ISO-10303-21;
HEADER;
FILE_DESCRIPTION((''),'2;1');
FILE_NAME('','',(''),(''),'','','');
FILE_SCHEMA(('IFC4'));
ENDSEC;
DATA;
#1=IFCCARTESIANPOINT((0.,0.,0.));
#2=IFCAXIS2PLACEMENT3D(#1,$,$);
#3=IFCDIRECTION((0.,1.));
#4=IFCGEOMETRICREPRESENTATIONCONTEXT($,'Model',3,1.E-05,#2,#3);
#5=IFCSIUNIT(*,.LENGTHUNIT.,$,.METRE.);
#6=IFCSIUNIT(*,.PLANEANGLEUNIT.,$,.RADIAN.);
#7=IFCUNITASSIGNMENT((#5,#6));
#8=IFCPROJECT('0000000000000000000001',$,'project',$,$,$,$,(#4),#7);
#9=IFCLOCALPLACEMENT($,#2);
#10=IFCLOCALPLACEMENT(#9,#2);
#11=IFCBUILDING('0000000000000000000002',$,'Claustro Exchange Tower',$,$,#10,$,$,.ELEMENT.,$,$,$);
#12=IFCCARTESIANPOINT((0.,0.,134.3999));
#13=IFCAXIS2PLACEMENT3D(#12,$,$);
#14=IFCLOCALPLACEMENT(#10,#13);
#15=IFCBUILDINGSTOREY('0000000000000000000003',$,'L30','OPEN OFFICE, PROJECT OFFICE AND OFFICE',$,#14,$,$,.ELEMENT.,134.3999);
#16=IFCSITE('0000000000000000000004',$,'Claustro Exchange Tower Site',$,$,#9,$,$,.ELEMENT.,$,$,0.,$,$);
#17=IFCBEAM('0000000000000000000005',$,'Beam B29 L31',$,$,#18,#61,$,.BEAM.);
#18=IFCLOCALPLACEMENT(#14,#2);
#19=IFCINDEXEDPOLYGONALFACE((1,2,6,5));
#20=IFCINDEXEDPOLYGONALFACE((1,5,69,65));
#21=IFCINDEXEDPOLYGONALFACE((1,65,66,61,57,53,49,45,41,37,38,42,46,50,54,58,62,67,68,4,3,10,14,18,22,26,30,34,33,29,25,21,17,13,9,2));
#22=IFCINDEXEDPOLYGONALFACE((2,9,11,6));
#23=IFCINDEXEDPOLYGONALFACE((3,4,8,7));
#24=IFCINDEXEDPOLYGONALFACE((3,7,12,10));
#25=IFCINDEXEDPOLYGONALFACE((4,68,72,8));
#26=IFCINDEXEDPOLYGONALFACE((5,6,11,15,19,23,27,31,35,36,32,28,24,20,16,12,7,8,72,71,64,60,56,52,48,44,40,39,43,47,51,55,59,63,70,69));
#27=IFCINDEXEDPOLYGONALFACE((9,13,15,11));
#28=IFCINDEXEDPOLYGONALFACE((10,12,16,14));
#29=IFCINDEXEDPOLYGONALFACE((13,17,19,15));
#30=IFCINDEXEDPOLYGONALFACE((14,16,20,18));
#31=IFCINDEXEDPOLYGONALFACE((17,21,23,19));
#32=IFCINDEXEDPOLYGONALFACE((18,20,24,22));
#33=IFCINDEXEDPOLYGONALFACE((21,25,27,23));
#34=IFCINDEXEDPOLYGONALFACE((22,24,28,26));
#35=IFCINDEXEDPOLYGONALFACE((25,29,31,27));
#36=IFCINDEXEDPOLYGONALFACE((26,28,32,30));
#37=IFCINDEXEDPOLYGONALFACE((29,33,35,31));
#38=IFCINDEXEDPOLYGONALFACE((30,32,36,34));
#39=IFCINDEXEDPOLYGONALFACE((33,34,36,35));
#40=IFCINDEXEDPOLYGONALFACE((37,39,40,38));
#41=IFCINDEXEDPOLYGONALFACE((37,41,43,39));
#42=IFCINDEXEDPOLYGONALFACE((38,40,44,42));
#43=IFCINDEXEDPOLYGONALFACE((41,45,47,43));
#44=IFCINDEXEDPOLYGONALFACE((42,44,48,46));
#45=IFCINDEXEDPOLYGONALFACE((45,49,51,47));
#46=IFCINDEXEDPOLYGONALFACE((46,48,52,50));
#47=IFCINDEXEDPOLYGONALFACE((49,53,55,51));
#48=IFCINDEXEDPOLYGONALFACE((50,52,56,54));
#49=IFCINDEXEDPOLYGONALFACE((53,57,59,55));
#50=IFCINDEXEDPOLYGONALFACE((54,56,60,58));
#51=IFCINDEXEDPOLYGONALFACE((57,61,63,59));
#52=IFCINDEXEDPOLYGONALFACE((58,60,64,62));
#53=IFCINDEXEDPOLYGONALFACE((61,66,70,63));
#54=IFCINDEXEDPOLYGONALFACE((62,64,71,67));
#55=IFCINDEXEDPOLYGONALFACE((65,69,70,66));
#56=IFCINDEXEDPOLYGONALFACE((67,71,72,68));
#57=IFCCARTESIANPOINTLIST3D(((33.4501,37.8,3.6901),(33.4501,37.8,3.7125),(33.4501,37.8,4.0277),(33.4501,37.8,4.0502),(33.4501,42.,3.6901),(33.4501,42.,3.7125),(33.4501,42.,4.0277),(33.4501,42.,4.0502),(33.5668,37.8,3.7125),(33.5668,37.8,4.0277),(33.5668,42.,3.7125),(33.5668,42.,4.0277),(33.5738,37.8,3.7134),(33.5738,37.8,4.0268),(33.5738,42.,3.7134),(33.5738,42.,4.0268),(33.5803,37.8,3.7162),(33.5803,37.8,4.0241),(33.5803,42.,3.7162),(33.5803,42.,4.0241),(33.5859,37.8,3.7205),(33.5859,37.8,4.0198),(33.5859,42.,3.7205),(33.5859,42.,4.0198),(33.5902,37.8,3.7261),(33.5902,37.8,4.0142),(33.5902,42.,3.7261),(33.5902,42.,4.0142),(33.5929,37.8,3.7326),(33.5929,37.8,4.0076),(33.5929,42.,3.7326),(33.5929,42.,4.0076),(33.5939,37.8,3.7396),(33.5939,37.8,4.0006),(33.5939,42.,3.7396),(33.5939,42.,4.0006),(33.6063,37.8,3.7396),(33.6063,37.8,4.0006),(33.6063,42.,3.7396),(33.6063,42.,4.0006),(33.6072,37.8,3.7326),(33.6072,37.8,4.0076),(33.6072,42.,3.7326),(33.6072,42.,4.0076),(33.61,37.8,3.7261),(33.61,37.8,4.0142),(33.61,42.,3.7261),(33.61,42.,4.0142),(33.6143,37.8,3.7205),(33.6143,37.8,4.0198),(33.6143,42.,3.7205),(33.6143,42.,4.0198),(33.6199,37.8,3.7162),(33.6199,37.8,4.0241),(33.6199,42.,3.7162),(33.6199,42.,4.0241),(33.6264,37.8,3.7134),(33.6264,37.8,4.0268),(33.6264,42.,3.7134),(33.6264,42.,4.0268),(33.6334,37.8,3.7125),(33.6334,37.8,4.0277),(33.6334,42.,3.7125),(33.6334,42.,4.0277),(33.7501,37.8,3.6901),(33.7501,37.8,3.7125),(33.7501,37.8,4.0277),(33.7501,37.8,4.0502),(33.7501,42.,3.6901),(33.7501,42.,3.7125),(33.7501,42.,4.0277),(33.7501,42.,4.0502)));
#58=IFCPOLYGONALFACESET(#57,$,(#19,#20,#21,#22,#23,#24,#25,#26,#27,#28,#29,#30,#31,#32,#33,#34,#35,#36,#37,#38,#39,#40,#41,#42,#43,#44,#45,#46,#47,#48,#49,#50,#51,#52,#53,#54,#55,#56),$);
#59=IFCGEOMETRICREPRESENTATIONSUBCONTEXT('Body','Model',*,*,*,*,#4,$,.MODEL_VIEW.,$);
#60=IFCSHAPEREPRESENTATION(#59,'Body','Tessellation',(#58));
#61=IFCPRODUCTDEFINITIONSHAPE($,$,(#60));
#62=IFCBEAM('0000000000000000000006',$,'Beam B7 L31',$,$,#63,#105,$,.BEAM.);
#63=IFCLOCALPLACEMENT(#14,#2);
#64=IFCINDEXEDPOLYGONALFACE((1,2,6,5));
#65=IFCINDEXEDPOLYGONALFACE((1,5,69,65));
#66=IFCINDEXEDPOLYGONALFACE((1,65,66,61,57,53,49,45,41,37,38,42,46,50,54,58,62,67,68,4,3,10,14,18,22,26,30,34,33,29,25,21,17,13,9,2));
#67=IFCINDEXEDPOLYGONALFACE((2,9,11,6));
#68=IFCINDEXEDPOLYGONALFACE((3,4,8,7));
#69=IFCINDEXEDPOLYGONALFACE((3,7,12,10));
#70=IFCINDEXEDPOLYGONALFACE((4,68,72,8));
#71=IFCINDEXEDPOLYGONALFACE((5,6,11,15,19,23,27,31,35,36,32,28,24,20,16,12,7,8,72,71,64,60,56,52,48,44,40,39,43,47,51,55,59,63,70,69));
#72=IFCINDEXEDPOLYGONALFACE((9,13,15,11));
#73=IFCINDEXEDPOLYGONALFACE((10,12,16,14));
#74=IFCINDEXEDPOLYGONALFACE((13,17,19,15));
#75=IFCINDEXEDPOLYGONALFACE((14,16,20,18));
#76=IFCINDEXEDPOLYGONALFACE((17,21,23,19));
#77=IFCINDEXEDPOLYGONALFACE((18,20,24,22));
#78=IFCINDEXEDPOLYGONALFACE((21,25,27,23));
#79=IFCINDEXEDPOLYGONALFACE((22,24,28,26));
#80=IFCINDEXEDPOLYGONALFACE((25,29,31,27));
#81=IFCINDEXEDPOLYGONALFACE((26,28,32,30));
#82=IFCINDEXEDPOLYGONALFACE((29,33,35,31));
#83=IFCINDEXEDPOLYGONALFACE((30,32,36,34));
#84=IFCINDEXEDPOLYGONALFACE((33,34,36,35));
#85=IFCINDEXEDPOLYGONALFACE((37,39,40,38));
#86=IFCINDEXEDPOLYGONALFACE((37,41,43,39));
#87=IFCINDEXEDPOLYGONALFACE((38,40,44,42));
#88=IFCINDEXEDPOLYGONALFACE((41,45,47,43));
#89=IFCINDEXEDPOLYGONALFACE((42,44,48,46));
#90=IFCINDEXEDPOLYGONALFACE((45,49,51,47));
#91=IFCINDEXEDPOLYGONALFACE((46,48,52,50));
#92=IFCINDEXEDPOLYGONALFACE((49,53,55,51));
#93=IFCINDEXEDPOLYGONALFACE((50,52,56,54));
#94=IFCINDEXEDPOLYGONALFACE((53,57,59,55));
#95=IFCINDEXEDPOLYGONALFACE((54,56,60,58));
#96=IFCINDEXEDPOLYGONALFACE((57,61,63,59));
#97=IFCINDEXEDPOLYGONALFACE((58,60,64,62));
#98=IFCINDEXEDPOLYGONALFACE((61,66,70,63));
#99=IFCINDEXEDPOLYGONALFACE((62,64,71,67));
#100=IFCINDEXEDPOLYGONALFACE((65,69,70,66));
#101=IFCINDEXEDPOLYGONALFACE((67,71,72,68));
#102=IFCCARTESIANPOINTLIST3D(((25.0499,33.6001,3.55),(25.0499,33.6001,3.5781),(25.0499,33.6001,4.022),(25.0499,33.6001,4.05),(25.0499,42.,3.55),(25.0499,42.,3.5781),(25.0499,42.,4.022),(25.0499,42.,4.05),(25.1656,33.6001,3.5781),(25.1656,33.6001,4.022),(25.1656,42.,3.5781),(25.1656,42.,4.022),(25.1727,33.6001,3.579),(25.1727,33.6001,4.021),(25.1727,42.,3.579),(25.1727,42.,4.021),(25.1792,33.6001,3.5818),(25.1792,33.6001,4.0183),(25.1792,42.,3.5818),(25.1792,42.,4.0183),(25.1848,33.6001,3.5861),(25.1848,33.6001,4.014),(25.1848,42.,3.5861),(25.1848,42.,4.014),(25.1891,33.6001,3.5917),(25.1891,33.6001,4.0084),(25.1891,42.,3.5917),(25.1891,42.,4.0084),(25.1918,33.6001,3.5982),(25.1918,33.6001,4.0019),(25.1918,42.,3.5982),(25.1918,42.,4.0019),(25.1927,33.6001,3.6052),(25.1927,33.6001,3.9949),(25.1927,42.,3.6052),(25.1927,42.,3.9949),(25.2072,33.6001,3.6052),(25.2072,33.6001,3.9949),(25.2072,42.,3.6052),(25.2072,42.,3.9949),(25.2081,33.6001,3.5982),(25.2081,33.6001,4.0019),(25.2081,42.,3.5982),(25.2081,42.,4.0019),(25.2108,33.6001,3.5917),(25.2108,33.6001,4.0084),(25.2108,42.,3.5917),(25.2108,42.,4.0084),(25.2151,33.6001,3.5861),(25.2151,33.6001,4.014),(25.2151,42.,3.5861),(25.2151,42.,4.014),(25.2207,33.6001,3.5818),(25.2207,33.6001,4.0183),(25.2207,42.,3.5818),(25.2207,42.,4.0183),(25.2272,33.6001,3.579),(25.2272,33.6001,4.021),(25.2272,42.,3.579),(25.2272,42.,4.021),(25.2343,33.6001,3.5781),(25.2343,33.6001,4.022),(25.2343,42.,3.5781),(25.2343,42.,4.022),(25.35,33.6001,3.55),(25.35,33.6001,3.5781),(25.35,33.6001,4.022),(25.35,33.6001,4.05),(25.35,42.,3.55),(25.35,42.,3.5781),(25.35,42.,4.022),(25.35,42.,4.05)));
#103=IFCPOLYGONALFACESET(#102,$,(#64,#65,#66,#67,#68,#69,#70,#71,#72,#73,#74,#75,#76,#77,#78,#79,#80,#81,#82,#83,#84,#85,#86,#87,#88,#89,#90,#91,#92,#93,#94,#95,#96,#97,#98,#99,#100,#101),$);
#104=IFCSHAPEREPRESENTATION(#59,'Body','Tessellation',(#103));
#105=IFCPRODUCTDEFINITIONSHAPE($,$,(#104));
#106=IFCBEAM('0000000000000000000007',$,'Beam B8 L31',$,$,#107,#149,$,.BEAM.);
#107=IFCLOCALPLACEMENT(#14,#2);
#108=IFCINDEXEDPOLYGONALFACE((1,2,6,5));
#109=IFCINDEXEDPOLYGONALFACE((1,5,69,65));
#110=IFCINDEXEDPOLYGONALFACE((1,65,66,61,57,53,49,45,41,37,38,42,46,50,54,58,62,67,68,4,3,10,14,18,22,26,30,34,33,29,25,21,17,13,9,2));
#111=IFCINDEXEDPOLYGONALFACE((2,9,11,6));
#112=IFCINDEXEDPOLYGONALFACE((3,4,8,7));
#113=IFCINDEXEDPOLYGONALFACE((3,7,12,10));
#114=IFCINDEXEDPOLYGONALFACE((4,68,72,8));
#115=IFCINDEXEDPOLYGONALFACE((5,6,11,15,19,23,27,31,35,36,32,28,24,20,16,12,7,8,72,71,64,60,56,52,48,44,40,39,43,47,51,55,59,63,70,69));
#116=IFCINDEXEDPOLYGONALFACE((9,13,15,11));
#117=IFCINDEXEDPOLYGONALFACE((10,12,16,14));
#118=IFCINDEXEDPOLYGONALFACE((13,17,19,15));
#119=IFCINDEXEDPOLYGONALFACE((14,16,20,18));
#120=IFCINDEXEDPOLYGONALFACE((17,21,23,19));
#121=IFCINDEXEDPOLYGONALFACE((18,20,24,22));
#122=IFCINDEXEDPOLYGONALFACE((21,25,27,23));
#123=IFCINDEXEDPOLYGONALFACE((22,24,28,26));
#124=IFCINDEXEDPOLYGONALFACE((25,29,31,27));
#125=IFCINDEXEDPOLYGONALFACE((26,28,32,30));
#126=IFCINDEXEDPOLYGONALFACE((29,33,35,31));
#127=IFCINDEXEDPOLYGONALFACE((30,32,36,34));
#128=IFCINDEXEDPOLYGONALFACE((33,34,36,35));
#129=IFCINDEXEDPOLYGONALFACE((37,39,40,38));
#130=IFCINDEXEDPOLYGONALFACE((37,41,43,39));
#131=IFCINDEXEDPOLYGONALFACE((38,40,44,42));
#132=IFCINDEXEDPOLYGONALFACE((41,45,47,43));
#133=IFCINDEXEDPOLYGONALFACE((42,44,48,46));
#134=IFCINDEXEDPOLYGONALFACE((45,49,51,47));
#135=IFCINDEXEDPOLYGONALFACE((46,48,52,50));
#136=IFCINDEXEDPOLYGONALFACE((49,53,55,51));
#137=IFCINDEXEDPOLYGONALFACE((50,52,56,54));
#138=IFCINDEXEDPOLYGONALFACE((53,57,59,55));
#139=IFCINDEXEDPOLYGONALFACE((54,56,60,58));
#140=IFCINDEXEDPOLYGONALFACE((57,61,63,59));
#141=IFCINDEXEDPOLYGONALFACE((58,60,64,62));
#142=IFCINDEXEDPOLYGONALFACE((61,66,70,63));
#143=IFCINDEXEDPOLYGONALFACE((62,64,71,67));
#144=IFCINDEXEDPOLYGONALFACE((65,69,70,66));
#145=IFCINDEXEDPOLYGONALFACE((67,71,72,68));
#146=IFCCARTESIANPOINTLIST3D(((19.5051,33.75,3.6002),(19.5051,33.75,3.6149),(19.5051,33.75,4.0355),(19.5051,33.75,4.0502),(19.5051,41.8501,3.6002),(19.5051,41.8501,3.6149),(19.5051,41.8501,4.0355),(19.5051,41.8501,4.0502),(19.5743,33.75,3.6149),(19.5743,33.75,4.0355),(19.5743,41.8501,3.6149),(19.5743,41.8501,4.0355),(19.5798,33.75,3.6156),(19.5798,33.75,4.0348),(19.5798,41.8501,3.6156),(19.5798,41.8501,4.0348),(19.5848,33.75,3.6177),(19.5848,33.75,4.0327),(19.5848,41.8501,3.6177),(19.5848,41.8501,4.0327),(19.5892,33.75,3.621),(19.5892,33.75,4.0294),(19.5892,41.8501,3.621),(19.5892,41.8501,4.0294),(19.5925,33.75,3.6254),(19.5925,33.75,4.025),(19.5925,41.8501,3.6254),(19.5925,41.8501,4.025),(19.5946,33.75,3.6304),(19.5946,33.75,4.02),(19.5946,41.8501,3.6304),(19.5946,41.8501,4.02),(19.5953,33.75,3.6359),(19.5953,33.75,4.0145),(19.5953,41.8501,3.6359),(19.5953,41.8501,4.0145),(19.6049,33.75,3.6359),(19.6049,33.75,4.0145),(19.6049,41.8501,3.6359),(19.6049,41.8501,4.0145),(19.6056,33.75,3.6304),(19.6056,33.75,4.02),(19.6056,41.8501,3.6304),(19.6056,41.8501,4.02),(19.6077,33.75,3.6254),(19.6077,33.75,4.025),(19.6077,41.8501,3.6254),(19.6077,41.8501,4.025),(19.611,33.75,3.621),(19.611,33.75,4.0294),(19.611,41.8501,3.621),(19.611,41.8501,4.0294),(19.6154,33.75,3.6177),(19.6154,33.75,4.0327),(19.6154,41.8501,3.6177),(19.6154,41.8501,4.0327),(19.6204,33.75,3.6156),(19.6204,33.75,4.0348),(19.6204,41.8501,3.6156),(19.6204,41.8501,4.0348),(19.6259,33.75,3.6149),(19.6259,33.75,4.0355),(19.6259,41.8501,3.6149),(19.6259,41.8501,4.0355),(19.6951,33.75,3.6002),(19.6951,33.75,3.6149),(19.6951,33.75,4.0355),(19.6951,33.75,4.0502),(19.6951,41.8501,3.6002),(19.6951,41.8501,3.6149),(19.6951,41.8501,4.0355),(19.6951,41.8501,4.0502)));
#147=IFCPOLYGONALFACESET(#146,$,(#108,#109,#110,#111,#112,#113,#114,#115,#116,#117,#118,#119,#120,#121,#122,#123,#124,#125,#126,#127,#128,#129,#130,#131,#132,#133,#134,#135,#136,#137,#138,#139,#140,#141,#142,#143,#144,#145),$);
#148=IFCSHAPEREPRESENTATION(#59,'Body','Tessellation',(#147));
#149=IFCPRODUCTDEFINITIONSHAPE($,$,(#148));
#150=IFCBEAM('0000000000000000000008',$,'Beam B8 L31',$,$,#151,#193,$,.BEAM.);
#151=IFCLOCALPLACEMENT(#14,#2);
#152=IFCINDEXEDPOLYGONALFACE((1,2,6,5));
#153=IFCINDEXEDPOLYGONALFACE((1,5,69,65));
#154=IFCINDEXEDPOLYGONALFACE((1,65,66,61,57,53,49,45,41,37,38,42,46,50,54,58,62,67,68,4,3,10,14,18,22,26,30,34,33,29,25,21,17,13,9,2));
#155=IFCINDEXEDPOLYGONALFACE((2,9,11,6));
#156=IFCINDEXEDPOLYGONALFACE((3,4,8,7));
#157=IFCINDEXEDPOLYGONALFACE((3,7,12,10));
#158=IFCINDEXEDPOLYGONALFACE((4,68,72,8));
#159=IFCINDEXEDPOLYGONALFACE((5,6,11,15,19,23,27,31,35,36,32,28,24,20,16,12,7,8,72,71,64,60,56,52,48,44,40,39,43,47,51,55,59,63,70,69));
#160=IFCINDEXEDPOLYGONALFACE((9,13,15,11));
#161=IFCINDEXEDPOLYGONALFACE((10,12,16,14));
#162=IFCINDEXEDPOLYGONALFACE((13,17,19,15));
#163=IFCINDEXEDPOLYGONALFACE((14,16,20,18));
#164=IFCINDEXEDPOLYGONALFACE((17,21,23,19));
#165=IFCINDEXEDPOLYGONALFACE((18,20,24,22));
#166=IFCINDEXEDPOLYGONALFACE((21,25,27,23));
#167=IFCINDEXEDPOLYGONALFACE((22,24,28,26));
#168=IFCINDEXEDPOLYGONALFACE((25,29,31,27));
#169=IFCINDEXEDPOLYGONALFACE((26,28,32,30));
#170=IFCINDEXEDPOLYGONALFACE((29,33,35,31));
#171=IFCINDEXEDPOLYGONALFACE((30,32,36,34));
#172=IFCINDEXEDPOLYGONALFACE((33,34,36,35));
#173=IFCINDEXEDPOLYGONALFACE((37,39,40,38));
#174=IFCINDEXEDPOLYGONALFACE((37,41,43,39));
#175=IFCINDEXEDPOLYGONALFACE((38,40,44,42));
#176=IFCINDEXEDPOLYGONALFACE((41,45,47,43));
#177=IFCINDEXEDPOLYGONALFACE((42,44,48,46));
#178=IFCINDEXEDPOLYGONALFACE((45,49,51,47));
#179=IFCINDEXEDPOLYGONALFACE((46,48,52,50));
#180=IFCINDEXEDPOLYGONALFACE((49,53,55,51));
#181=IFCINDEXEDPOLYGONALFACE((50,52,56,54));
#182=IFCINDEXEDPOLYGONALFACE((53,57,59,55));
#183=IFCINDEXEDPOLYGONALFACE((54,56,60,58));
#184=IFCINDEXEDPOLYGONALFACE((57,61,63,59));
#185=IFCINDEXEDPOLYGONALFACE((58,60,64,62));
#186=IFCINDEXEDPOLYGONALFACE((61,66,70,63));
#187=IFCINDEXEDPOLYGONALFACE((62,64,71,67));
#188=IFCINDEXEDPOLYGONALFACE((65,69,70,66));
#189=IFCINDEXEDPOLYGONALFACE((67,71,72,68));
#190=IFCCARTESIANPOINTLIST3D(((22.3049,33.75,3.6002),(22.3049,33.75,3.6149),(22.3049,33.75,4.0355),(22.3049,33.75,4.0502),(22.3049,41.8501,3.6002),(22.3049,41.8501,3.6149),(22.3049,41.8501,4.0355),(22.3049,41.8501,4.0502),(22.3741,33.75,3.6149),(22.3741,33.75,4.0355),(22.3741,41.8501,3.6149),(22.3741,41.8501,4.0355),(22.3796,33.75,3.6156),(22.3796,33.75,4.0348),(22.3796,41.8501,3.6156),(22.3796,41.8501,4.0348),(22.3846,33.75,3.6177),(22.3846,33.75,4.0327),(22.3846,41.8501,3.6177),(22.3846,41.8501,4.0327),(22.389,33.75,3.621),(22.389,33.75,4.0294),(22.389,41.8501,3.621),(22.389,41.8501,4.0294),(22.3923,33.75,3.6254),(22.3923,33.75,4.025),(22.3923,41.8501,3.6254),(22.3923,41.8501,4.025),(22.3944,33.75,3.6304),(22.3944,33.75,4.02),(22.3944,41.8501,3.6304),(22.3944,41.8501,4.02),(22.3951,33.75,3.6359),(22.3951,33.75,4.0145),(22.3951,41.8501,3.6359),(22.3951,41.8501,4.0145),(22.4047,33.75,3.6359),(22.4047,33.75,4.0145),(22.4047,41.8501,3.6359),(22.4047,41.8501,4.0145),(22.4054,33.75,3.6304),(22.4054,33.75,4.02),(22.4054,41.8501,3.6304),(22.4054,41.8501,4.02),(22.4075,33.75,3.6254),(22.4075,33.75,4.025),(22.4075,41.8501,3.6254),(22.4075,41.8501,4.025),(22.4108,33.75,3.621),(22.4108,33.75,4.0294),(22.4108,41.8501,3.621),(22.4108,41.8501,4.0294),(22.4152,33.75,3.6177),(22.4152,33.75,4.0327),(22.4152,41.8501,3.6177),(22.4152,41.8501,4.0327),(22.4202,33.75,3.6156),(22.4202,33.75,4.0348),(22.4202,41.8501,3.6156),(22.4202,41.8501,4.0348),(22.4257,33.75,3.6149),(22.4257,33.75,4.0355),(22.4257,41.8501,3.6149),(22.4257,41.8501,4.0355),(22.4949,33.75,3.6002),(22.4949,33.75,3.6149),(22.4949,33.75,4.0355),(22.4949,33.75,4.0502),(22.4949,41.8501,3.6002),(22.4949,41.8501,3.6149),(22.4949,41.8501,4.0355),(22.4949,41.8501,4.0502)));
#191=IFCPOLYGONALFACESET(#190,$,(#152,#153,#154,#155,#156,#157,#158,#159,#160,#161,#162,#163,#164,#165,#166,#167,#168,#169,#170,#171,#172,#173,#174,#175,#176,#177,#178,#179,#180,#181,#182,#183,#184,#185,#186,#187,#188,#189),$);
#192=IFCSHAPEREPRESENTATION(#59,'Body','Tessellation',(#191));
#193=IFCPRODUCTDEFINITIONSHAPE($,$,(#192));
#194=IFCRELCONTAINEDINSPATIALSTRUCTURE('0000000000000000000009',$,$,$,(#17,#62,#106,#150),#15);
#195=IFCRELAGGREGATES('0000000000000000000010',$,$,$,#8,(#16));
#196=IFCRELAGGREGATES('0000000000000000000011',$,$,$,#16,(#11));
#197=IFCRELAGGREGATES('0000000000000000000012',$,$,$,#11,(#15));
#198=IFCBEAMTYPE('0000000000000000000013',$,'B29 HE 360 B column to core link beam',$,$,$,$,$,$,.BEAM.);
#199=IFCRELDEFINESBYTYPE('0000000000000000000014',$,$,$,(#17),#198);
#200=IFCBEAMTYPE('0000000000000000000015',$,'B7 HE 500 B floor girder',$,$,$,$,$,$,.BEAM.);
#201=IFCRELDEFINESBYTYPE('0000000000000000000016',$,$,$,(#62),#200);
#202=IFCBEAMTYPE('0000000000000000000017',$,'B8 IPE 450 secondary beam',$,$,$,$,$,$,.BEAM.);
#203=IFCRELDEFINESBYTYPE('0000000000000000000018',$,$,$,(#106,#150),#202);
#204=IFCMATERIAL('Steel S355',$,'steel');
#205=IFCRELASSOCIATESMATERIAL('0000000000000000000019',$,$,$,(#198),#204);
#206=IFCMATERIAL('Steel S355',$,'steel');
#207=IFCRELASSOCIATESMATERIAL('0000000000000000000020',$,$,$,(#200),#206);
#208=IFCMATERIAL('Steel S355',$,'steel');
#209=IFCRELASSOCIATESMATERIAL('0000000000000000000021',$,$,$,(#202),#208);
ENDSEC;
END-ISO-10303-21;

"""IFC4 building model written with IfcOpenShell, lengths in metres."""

from ifc_helpers import new_model, si_unit, direction, frame, origin, origin_2d, place, context, subcontext, project, spatial, i_section, extrude, material, material_profile, profile_set, type_object, element, save


model = new_model("IFC4")

# Units and contexts
model_context = context("Model", 3, precision=1e-05, world=origin(), true_north=direction((0.0, 1.0)))
body_context = subcontext(model_context, "Body", "Model", "MODEL_VIEW")
ifc_project = project(units=[si_unit("LENGTHUNIT", "METRE"), si_unit("PLANEANGLEUNIT", "RADIAN")], contexts=[model_context])

# Site, building, storey
site_placement = place(None, origin())
site = spatial("IfcSite", under=ifc_project, at=site_placement, Name="Claustro Exchange Tower Site", CompositionType="ELEMENT", RefElevation=0.0)
building_placement = place(site_placement, origin())
building = spatial("IfcBuilding", under=site, at=building_placement, Name="Claustro Exchange Tower", CompositionType="ELEMENT")
storey_placement = place(building_placement, frame((0.0, 0.0, 134.3999)))
storey = spatial("IfcBuildingStorey", under=building, at=storey_placement, Name="L30", Description="OPEN OFFICE, PROJECT OFFICE AND OFFICE", CompositionType="ELEMENT", Elevation=134.3999)

# Beams
ifc_material_1 = material(Name="Steel S355", Category="steel")
ifc_material_profile_1 = material_profile(ifc_material_1, i_section(OverallWidth=0.3, OverallDepth=0.3601, WebThickness=0.0125, FlangeThickness=0.0225, FilletRadius=0.0271, at=origin_2d()), Name="HE 360 B")
ifc_profile_set_1 = profile_set([ifc_material_profile_1], Name="Steel S355")
beam_type_1 = type_object("IfcBeamType", Name="B29 HE 360 B column to core link beam", PredefinedType="BEAM", material=ifc_profile_set_1)
beam_1_placement = place(storey_placement, frame((33.6001, 37.8, 3.8701), z_axis=(0.0, 1.0, 0.0), x_axis=(-1.0, 0.0, 0.0)))
element("IfcBeam", 1, at=beam_1_placement, inside=storey, type_object=beam_type_1, Name="Beam B29 L31", PredefinedType="BEAM", context=body_context, shape_type="SweptSolid", body=[
    extrude(i_section(OverallWidth=0.3, OverallDepth=0.3601, WebThickness=0.0125, FlangeThickness=0.0225, FilletRadius=0.0271, at=origin_2d()), origin(), (0.0, 0.0, 1.0), 4.2),
])
ifc_material_2 = material(Name="Steel S355", Category="steel")
ifc_material_profile_2 = material_profile(ifc_material_2, i_section(OverallWidth=0.3, OverallDepth=0.5, WebThickness=0.0144, FlangeThickness=0.0281, FilletRadius=0.0271, at=origin_2d()), Name="HE 500 B")
ifc_profile_set_2 = profile_set([ifc_material_profile_2], Name="Steel S355")
beam_type_2 = type_object("IfcBeamType", Name="B7 HE 500 B floor girder", PredefinedType="BEAM", material=ifc_profile_set_2)
beam_2_placement = place(storey_placement, frame((25.2, 33.6001, 3.8), z_axis=(0.0, 1.0, 0.0), x_axis=(-1.0, 0.0, 0.0)))
element("IfcBeam", 2, at=beam_2_placement, inside=storey, type_object=beam_type_2, Name="Beam B7 L31", PredefinedType="BEAM", context=body_context, shape_type="SweptSolid", body=[
    extrude(i_section(OverallWidth=0.3, OverallDepth=0.5, WebThickness=0.0144, FlangeThickness=0.0281, FilletRadius=0.0271, at=origin_2d()), origin(), (0.0, 0.0, 1.0), 8.3999),
])
ifc_material_3 = material(Name="Steel S355", Category="steel")
ifc_material_profile_3 = material_profile(ifc_material_3, i_section(OverallWidth=0.1899, OverallDepth=0.45, WebThickness=0.0095, FlangeThickness=0.0146, FilletRadius=0.021, at=origin_2d()), Name="IPE 450")
ifc_profile_set_3 = profile_set([ifc_material_profile_3], Name="Steel S355")
beam_type_3 = type_object("IfcBeamType", Name="B8 IPE 450 secondary beam", PredefinedType="BEAM", material=ifc_profile_set_3)
for number, where, z_axis, x_axis, name in (
    (3, (19.6001, 33.75, 3.8252), (0.0, 1.0, 0.0), (-1.0, 0.0, 0.0), "Beam B8 L31"),
    (4, (22.3999, 33.75, 3.8252), (0.0, 1.0, 0.0), (-1.0, 0.0, 0.0), "Beam B8 L31"),
):
    element("IfcBeam", number, at=place(storey_placement, frame(where, z_axis=z_axis, x_axis=x_axis)), inside=storey, type_object=beam_type_3, Name=name, PredefinedType="BEAM", context=body_context, shape_type="SweptSolid", body=[
        extrude(i_section(OverallWidth=0.1899, OverallDepth=0.45, WebThickness=0.0095, FlangeThickness=0.0146, FilletRadius=0.021, at=origin_2d()), origin(), (0.0, 0.0, 1.0), 8.1001),
    ])

save(model, "model.ifc")
